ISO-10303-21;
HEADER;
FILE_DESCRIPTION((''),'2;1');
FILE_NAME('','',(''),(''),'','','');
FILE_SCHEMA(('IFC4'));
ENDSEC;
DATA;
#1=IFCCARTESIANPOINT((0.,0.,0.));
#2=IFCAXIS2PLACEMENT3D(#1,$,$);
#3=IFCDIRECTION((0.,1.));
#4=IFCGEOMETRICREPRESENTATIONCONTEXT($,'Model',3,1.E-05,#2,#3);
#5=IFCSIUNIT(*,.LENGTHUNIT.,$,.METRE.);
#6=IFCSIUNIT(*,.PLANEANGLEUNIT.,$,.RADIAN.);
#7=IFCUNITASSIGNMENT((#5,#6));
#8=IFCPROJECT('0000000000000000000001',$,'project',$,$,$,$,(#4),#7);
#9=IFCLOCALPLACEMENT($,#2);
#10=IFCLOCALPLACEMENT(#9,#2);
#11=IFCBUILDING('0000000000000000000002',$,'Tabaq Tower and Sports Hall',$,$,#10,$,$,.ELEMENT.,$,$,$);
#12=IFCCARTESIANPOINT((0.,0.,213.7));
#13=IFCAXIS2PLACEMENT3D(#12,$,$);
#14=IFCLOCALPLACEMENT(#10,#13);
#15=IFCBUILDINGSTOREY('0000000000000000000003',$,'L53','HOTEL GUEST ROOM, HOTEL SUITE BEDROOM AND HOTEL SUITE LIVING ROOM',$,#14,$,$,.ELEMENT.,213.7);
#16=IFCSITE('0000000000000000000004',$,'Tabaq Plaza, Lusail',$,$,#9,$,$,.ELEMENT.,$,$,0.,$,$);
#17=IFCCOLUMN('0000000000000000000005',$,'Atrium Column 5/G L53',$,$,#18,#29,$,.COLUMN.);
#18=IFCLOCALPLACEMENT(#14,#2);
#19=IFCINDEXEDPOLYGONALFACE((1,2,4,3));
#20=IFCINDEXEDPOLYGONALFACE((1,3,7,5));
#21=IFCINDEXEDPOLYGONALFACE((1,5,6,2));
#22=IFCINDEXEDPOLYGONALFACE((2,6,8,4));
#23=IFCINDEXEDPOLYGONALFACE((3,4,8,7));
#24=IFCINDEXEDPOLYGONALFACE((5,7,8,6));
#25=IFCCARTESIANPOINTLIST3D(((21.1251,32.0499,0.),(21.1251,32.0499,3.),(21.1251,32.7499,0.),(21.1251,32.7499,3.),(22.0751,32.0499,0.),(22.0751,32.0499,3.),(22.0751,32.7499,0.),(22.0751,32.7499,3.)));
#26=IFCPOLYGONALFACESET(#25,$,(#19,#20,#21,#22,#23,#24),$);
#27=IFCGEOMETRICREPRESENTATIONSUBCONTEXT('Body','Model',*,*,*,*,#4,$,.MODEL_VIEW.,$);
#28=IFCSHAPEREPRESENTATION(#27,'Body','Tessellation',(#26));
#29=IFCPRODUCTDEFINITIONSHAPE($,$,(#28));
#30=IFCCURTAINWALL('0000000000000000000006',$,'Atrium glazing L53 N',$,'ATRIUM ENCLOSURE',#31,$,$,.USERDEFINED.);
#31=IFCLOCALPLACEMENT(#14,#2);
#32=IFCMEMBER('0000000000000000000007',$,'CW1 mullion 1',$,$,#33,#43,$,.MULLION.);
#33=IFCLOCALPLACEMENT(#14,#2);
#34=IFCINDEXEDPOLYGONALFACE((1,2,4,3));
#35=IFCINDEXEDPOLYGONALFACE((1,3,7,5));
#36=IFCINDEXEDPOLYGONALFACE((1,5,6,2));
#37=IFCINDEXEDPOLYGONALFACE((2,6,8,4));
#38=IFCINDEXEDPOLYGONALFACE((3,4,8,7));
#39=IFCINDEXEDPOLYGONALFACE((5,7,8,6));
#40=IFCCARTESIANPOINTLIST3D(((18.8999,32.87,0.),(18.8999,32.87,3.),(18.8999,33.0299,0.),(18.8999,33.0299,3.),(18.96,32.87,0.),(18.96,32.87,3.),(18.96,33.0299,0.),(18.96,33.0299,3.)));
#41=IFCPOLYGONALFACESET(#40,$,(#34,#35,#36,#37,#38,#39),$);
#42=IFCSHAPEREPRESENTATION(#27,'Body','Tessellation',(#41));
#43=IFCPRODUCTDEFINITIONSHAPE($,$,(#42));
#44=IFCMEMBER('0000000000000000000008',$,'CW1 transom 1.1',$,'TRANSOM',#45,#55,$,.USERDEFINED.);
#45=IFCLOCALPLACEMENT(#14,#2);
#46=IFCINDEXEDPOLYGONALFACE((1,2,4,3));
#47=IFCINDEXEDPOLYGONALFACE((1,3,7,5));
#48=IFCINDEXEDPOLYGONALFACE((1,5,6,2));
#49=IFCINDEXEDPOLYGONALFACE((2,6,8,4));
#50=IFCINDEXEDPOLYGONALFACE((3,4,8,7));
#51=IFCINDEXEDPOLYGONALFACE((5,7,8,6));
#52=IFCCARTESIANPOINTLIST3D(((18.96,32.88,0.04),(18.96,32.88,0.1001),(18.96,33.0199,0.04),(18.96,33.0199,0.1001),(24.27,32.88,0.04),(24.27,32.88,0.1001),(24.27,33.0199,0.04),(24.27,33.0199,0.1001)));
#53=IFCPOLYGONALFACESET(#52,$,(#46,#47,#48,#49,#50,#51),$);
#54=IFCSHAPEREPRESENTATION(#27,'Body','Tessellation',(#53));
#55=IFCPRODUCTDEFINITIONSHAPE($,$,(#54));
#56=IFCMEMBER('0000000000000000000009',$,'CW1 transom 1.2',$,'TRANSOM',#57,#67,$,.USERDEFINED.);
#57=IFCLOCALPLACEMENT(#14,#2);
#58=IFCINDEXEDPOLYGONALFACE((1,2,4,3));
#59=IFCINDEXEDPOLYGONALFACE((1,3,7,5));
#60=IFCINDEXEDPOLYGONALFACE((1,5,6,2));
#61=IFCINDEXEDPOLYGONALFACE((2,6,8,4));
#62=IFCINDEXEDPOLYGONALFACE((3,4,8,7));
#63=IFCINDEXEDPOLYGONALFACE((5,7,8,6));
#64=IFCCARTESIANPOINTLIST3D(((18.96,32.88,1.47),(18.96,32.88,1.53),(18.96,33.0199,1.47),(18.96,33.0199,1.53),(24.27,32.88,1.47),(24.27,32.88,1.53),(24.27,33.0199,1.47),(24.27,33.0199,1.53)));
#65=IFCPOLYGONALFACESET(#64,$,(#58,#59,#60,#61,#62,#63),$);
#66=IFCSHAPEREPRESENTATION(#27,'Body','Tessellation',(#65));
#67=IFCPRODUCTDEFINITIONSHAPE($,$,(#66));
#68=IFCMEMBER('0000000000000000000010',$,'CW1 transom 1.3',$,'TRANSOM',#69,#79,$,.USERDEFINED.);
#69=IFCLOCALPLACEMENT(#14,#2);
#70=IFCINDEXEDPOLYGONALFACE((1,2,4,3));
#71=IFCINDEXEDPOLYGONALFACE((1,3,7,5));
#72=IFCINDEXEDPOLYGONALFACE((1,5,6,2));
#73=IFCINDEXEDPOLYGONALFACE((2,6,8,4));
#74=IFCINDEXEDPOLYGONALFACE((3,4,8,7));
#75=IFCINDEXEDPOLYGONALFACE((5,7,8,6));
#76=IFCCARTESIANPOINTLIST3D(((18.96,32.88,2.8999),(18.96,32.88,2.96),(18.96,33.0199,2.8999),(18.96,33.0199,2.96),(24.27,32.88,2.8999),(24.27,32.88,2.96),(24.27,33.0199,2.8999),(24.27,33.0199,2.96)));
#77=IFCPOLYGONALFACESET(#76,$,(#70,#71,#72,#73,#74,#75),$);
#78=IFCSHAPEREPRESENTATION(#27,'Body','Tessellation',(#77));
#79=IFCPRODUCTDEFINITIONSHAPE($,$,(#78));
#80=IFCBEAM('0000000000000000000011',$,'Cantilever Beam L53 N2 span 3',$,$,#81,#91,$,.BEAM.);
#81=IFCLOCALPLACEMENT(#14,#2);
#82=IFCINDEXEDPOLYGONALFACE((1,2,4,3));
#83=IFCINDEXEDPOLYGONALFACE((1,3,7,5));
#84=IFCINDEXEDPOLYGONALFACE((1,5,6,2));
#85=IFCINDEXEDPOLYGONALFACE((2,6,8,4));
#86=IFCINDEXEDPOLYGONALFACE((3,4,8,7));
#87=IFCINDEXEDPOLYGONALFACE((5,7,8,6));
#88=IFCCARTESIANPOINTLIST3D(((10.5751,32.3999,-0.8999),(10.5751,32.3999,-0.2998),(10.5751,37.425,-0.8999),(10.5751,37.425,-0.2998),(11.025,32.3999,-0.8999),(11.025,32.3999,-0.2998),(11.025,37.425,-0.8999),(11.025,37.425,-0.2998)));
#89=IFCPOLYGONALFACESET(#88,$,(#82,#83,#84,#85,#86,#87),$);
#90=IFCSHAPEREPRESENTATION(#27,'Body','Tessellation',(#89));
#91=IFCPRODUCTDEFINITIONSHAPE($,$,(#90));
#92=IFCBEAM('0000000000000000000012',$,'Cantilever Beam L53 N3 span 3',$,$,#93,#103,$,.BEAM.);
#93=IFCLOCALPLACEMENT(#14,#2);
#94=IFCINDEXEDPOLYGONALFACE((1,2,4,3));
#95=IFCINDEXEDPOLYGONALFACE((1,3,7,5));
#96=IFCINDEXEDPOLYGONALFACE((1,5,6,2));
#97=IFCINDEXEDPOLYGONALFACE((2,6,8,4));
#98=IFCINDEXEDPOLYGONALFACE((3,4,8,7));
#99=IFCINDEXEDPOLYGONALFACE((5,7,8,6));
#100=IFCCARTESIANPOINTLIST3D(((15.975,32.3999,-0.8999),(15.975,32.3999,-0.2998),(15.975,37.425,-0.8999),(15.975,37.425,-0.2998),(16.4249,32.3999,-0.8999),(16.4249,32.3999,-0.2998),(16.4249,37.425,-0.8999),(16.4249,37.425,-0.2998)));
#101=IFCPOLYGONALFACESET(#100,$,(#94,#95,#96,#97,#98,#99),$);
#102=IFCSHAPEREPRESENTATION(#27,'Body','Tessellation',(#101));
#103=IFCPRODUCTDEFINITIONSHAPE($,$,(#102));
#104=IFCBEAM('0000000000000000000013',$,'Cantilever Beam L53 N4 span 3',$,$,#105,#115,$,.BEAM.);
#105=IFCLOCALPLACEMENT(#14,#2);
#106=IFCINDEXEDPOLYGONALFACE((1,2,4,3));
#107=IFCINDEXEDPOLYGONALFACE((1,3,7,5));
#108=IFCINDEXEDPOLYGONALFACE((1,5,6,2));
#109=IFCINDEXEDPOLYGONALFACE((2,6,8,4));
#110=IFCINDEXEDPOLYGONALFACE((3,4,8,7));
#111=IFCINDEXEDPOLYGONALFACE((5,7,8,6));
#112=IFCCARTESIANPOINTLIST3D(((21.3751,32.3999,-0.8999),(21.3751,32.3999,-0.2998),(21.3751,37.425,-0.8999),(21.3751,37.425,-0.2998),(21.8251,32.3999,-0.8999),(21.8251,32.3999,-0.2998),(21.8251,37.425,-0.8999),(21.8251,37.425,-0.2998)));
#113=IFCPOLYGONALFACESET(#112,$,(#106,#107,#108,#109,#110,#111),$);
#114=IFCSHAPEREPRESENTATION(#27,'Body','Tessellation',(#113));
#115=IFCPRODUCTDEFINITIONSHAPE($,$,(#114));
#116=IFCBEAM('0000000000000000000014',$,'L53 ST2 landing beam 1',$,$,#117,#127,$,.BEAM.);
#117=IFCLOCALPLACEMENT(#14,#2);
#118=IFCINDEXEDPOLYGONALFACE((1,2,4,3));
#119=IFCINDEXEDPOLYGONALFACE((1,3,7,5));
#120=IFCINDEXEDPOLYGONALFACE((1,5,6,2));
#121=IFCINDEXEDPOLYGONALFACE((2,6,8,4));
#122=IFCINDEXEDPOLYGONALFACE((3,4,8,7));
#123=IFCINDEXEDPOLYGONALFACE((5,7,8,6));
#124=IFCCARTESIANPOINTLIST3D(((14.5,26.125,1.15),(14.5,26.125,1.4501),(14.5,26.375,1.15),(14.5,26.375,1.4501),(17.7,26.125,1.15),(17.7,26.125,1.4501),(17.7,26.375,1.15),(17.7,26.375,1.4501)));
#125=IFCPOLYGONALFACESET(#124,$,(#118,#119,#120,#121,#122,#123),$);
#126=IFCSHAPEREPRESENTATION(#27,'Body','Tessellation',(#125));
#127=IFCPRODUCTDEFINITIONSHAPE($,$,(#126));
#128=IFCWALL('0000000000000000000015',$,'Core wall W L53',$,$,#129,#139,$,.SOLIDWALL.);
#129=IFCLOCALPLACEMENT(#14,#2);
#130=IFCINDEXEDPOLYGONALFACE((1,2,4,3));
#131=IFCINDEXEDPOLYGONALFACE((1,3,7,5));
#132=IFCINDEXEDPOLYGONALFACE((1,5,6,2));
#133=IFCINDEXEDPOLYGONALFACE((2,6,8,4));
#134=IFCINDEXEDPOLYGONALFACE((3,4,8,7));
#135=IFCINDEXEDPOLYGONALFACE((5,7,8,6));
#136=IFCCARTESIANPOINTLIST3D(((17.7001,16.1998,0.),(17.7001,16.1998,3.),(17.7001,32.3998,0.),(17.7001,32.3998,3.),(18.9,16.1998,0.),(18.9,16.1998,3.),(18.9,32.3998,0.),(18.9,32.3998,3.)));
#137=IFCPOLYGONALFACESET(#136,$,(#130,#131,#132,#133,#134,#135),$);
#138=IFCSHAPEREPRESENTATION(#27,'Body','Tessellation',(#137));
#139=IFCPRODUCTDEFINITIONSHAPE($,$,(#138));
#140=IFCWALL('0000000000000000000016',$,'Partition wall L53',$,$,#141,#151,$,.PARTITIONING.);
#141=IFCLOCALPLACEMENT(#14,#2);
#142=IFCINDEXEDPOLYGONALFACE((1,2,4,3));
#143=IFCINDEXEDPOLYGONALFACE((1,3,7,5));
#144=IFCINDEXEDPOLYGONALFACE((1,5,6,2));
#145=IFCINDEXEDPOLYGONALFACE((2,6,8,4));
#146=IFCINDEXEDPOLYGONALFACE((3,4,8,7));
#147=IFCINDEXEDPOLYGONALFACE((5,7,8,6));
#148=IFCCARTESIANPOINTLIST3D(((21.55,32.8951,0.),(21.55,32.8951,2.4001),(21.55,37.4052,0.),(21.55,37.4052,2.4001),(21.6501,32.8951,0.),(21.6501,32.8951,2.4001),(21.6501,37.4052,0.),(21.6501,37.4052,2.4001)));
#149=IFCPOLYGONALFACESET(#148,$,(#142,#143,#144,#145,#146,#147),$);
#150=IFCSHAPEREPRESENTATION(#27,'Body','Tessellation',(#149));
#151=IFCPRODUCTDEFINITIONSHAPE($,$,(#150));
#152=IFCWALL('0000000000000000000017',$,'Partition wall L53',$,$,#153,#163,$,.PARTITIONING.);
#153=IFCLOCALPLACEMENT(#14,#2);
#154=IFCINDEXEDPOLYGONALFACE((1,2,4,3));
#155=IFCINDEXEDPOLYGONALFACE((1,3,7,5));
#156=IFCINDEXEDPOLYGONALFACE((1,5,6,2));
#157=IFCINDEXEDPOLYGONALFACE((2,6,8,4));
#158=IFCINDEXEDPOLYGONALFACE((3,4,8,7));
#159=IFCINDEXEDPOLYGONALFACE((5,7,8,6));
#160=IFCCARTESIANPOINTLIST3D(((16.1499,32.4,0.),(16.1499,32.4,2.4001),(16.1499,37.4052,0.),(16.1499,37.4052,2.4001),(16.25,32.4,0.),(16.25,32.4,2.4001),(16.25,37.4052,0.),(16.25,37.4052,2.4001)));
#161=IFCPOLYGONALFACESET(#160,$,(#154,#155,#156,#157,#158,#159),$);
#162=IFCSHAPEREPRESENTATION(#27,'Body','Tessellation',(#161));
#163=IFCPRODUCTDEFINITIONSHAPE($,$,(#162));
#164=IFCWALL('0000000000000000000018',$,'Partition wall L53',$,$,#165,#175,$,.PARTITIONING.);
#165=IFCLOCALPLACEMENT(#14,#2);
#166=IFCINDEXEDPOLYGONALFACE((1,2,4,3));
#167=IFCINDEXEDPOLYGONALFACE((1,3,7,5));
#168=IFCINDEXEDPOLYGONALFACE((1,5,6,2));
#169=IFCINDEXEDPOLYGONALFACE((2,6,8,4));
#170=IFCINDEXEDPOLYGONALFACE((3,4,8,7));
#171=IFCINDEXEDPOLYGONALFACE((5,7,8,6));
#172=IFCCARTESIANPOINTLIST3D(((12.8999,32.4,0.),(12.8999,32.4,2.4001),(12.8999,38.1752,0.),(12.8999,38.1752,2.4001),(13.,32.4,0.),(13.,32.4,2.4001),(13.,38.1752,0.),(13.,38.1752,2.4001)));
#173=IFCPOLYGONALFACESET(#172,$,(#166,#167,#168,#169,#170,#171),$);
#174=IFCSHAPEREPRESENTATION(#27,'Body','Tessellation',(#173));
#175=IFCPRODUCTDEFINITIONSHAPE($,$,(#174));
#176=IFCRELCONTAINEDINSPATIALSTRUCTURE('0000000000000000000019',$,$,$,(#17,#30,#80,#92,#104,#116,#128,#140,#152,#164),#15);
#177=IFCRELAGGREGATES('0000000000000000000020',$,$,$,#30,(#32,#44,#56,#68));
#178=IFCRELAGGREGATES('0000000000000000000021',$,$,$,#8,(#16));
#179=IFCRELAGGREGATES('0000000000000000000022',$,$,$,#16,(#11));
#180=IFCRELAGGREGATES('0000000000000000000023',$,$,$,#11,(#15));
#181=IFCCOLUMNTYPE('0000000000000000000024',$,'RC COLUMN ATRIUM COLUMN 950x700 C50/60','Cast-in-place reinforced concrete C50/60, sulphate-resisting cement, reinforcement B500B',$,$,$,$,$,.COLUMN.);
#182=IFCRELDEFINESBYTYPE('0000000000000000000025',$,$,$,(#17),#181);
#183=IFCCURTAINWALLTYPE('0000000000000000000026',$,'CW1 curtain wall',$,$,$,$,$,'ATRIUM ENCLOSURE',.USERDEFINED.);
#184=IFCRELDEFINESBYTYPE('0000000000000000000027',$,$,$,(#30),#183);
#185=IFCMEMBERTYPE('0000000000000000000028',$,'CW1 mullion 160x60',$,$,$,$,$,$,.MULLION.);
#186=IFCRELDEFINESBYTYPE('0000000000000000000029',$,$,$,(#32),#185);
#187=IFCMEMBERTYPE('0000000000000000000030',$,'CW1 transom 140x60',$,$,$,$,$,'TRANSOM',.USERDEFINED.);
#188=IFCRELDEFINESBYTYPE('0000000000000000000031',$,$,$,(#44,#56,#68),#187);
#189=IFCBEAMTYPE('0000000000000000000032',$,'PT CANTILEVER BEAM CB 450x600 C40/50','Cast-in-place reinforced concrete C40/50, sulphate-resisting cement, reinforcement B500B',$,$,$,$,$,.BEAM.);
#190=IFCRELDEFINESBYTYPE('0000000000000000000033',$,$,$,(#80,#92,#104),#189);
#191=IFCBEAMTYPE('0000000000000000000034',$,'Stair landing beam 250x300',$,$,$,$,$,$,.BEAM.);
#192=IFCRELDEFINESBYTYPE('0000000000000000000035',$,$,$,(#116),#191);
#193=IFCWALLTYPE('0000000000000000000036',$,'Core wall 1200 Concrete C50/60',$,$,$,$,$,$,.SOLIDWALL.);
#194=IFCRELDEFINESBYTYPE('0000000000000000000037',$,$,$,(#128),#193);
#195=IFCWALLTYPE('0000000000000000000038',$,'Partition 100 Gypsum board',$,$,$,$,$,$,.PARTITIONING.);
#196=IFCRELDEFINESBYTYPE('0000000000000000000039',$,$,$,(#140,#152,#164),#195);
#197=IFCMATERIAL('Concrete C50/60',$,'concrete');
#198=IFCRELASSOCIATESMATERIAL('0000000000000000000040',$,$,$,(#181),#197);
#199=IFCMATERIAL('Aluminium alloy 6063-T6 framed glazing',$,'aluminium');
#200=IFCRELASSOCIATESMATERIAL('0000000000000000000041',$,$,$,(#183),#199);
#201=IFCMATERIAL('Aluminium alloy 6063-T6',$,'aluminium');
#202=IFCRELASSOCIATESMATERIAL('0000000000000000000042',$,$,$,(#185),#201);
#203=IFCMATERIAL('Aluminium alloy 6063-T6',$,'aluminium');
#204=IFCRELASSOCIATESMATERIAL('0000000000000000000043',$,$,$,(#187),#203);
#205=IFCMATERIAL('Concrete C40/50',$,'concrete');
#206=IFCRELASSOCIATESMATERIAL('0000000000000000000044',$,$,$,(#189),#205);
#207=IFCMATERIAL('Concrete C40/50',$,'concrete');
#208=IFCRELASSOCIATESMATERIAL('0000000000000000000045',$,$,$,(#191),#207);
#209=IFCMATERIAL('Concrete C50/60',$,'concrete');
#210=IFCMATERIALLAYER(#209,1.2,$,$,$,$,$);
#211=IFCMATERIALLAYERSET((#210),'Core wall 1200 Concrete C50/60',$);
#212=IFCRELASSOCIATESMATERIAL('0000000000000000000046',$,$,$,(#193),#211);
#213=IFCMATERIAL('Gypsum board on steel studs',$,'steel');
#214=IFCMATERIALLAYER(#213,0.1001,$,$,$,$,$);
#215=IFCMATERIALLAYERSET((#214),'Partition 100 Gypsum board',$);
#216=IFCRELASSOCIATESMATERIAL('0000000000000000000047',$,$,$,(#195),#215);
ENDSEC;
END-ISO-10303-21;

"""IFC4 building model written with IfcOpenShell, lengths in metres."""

from ifc_helpers import new_model, si_unit, direction, frame, frame_2d, origin, origin_2d, place, context, subcontext, project, spatial, rectangle, extrude, material, layer, layer_set, material_profile, profile_set, type_object, element, aggregate, save


model = new_model("IFC4")

# Units and contexts
model_context = context("Model", 3, precision=1e-05, world=origin(), true_north=direction((0.0, 1.0)))
body_context = subcontext(model_context, "Body", "Model", "MODEL_VIEW")
ifc_project = project(units=[si_unit("LENGTHUNIT", "METRE"), si_unit("PLANEANGLEUNIT", "RADIAN")], contexts=[model_context])

# Site, building, storey
site_placement = place(None, origin())
site = spatial("IfcSite", under=ifc_project, at=site_placement, Name="Tabaq Plaza, Lusail", CompositionType="ELEMENT", RefElevation=0.0)
building_placement = place(site_placement, origin())
building = spatial("IfcBuilding", under=site, at=building_placement, Name="Tabaq Tower and Sports Hall", CompositionType="ELEMENT")
storey_placement = place(building_placement, frame((0.0, 0.0, 213.7)))
storey = spatial("IfcBuildingStorey", under=building, at=storey_placement, Name="L53", Description="HOTEL GUEST ROOM, HOTEL SUITE BEDROOM AND HOTEL SUITE LIVING ROOM", CompositionType="ELEMENT", Elevation=213.7)

# Column
ifc_material_1 = material(Name="Concrete C50/60", Category="concrete")
ifc_material_profile_1 = material_profile(ifc_material_1, rectangle(XDim=0.95, YDim=0.7, at=origin_2d()), Name="ATRIUM COLUMN 950x700")
ifc_profile_set_1 = profile_set([ifc_material_profile_1], Name="Concrete C50/60")
column_type = type_object("IfcColumnType", Name="RC COLUMN ATRIUM COLUMN 950x700 C50/60", Description="Cast-in-place reinforced concrete C50/60, sulphate-resisting cement, reinforcement B500B", PredefinedType="COLUMN", material=ifc_profile_set_1)
column_placement = place(storey_placement, frame((21.6001, 32.3999, 0.0), z_axis=(0.0, 0.0, 1.0), x_axis=(1.0, 0.0, 0.0)))
element("IfcColumn", 1, at=column_placement, inside=storey, type_object=column_type, Name="Atrium Column 5/G L53", PredefinedType="COLUMN", context=body_context, shape_type="SweptSolid", body=[
    extrude(rectangle(XDim=0.95, YDim=0.7, at=origin_2d()), origin(), (0.0, 0.0, 1.0), 3.0),
])

# Curtain wall, members
ifc_material_2 = material(Name="Aluminium alloy 6063-T6 framed glazing", Category="aluminium")
curtain_wall_type = type_object("IfcCurtainWallType", Name="CW1 curtain wall", ElementType="ATRIUM ENCLOSURE", PredefinedType="USERDEFINED", material=ifc_material_2)
curtain_wall_placement = place(storey_placement, origin())
curtain_wall = element("IfcCurtainWall", 2, at=curtain_wall_placement, inside=storey, type_object=curtain_wall_type, Name="Atrium glazing L53 N", ObjectType="ATRIUM ENCLOSURE", PredefinedType="USERDEFINED")
ifc_material_3 = material(Name="Aluminium alloy 6063-T6", Category="aluminium")
ifc_material_profile_2 = material_profile(ifc_material_3, rectangle(XDim=0.1599, YDim=0.0601, at=origin_2d()), Name="MULLION 160x60")
ifc_profile_set_2 = profile_set([ifc_material_profile_2], Name="Aluminium alloy 6063-T6")
member_type_1 = type_object("IfcMemberType", Name="CW1 mullion 160x60", PredefinedType="MULLION", material=ifc_profile_set_2)
member_1_placement = place(storey_placement, frame((18.9299, 32.95, 0.0), z_axis=(0.0, 0.0, 1.0), x_axis=(0.0, 1.0, 0.0)))
member_1 = element("IfcMember", 3, at=member_1_placement, type_object=member_type_1, Name="CW1 mullion 1", PredefinedType="MULLION", context=body_context, shape_type="SweptSolid", body=[
    extrude(rectangle(XDim=0.1599, YDim=0.0601, at=origin_2d()), origin(), (0.0, 0.0, 1.0), 3.0),
])
ifc_material_4 = material(Name="Aluminium alloy 6063-T6", Category="aluminium")
ifc_material_profile_3 = material_profile(ifc_material_4, rectangle(XDim=0.1399, YDim=0.0601, at=origin_2d()), Name="TRANSOM 140x60")
ifc_profile_set_3 = profile_set([ifc_material_profile_3], Name="Aluminium alloy 6063-T6")
member_type_2 = type_object("IfcMemberType", Name="CW1 transom 140x60", ElementType="TRANSOM", PredefinedType="USERDEFINED", material=ifc_profile_set_3)
member_2_placement = place(storey_placement, frame((18.96, 32.95, 0.0701), z_axis=(1.0, 0.0, 0.0), x_axis=(0.0, 1.0, 0.0)))
member_2 = element("IfcMember", 4, at=member_2_placement, type_object=member_type_2, Name="CW1 transom 1.1", ObjectType="TRANSOM", PredefinedType="USERDEFINED", context=body_context, shape_type="SweptSolid", body=[
    extrude(rectangle(XDim=0.1399, YDim=0.0601, at=origin_2d()), origin(), (0.0, 0.0, 1.0), 5.3101),
])
member_3_placement = place(storey_placement, frame((18.96, 32.95, 1.5), z_axis=(1.0, 0.0, 0.0), x_axis=(0.0, 1.0, 0.0)))
member_3 = element("IfcMember", 5, at=member_3_placement, type_object=member_type_2, Name="CW1 transom 1.2", ObjectType="TRANSOM", PredefinedType="USERDEFINED", context=body_context, shape_type="SweptSolid", body=[
    extrude(rectangle(XDim=0.1399, YDim=0.0601, at=origin_2d()), origin(), (0.0, 0.0, 1.0), 5.3101),
])
member_4_placement = place(storey_placement, frame((18.96, 32.95, 2.9299), z_axis=(1.0, 0.0, 0.0), x_axis=(0.0, 1.0, 0.0)))
member_4 = element("IfcMember", 6, at=member_4_placement, type_object=member_type_2, Name="CW1 transom 1.3", ObjectType="TRANSOM", PredefinedType="USERDEFINED", context=body_context, shape_type="SweptSolid", body=[
    extrude(rectangle(XDim=0.1399, YDim=0.0601, at=origin_2d()), origin(), (0.0, 0.0, 1.0), 5.3101),
])
aggregate(curtain_wall, [member_1, member_2, member_3, member_4])

# Beams
ifc_material_5 = material(Name="Concrete C40/50", Category="concrete")
ifc_material_profile_4 = material_profile(ifc_material_5, rectangle(XDim=0.45, YDim=0.6001, at=origin_2d()), Name="CB 450x600")
ifc_profile_set_4 = profile_set([ifc_material_profile_4], Name="Concrete C40/50")
beam_type_1 = type_object("IfcBeamType", Name="PT CANTILEVER BEAM CB 450x600 C40/50", Description="Cast-in-place reinforced concrete C40/50, sulphate-resisting cement, reinforcement B500B", PredefinedType="BEAM", material=ifc_profile_set_4)
for number, where, z_axis, x_axis, name in (
    (7, (10.8, 37.425, -0.5999), (0.0, -1.0, 0.0), (1.0, 0.0, 0.0), "Cantilever Beam L53 N2 span 3"),
    (8, (16.2, 37.425, -0.5999), (0.0, -1.0, 0.0), (1.0, 0.0, 0.0), "Cantilever Beam L53 N3 span 3"),
    (9, (21.6001, 37.425, -0.5999), (0.0, -1.0, 0.0), (1.0, 0.0, 0.0), "Cantilever Beam L53 N4 span 3"),
):
    element("IfcBeam", number, at=place(storey_placement, frame(where, z_axis=z_axis, x_axis=x_axis)), inside=storey, type_object=beam_type_1, Name=name, PredefinedType="BEAM", context=body_context, shape_type="SweptSolid", body=[
        extrude(rectangle(XDim=0.45, YDim=0.6001, at=origin_2d()), origin(), (0.0, 0.0, 1.0), 5.0251),
    ])
ifc_material_6 = material(Name="Concrete C40/50", Category="concrete")
ifc_material_profile_5 = material_profile(ifc_material_6, rectangle(XDim=0.25, YDim=0.3, at=origin_2d()), Name="RC 250x300")
ifc_profile_set_5 = profile_set([ifc_material_profile_5], Name="Concrete C40/50")
beam_type_2 = type_object("IfcBeamType", Name="Stair landing beam 250x300", PredefinedType="BEAM", material=ifc_profile_set_5)
beam_placement = place(storey_placement, frame((14.5, 26.25, 1.3), z_axis=(1.0, 0.0, 0.0), x_axis=(0.0, 1.0, 0.0)))
element("IfcBeam", 10, at=beam_placement, inside=storey, type_object=beam_type_2, Name="L53 ST2 landing beam 1", PredefinedType="BEAM", context=body_context, shape_type="SweptSolid", body=[
    extrude(rectangle(XDim=0.25, YDim=0.3, at=origin_2d()), origin(), (0.0, 0.0, 1.0), 3.2),
])

# Walls
ifc_material_7 = material(Name="Concrete C50/60", Category="concrete")
ifc_layer_1 = layer(ifc_material_7, 1.2)
ifc_layer_set_1 = layer_set([ifc_layer_1], Name="Core wall 1200 Concrete C50/60")
wall_type_1 = type_object("IfcWallType", Name="Core wall 1200 Concrete C50/60", PredefinedType="SOLIDWALL", material=ifc_layer_set_1)
wall_1_placement = place(storey_placement, frame((18.3, 32.3999, 0.0), z_axis=(0.0, 0.0, 1.0), x_axis=(0.0, -1.0, 0.0)))
element("IfcWall", 11, at=wall_1_placement, inside=storey, type_object=wall_type_1, Name="Core wall W L53", PredefinedType="SOLIDWALL", context=body_context, shape_type="SweptSolid", body=[
    extrude(rectangle(XDim=16.2, YDim=1.2, at=frame_2d((8.1001, 0.0))), origin(), (0.0, 0.0, 1.0), 3.0),
])
ifc_material_8 = material(Name="Gypsum board on steel studs", Category="steel")
ifc_layer_2 = layer(ifc_material_8, 0.1001)
ifc_layer_set_2 = layer_set([ifc_layer_2], Name="Partition 100 Gypsum board")
wall_type_2 = type_object("IfcWallType", Name="Partition 100 Gypsum board", PredefinedType="PARTITIONING", material=ifc_layer_set_2)
wall_2_placement = place(storey_placement, frame((21.6001, 37.405, 0.0), z_axis=(0.0, 0.0, 1.0), x_axis=(0.0, -1.0, 0.0)))
element("IfcWall", 12, at=wall_2_placement, inside=storey, type_object=wall_type_2, Name="Partition wall L53", PredefinedType="PARTITIONING", context=body_context, shape_type="SweptSolid", body=[
    extrude(rectangle(XDim=4.51, YDim=0.1001, at=frame_2d((2.2549, 0.0))), origin(), (0.0, 0.0, 1.0), 2.4001),
])
wall_3_placement = place(storey_placement, frame((16.2, 37.405, 0.0), z_axis=(0.0, 0.0, 1.0), x_axis=(0.0, -1.0, 0.0)))
element("IfcWall", 13, at=wall_3_placement, inside=storey, type_object=wall_type_2, Name="Partition wall L53", PredefinedType="PARTITIONING", context=body_context, shape_type="SweptSolid", body=[
    extrude(rectangle(XDim=5.0051, YDim=0.1001, at=frame_2d((2.5024, 0.0))), origin(), (0.0, 0.0, 1.0), 2.4001),
])
wall_4_placement = place(storey_placement, frame((12.95, 32.3999, 0.0), z_axis=(0.0, 0.0, 1.0), x_axis=(0.0, 1.0, 0.0)))
element("IfcWall", 14, at=wall_4_placement, inside=storey, type_object=wall_type_2, Name="Partition wall L53", PredefinedType="PARTITIONING", context=body_context, shape_type="SweptSolid", body=[
    extrude(rectangle(XDim=5.7751, YDim=0.1001, at=frame_2d((2.8877, 0.0))), origin(), (0.0, 0.0, 1.0), 2.4001),
])

save(model, "model.ifc")
